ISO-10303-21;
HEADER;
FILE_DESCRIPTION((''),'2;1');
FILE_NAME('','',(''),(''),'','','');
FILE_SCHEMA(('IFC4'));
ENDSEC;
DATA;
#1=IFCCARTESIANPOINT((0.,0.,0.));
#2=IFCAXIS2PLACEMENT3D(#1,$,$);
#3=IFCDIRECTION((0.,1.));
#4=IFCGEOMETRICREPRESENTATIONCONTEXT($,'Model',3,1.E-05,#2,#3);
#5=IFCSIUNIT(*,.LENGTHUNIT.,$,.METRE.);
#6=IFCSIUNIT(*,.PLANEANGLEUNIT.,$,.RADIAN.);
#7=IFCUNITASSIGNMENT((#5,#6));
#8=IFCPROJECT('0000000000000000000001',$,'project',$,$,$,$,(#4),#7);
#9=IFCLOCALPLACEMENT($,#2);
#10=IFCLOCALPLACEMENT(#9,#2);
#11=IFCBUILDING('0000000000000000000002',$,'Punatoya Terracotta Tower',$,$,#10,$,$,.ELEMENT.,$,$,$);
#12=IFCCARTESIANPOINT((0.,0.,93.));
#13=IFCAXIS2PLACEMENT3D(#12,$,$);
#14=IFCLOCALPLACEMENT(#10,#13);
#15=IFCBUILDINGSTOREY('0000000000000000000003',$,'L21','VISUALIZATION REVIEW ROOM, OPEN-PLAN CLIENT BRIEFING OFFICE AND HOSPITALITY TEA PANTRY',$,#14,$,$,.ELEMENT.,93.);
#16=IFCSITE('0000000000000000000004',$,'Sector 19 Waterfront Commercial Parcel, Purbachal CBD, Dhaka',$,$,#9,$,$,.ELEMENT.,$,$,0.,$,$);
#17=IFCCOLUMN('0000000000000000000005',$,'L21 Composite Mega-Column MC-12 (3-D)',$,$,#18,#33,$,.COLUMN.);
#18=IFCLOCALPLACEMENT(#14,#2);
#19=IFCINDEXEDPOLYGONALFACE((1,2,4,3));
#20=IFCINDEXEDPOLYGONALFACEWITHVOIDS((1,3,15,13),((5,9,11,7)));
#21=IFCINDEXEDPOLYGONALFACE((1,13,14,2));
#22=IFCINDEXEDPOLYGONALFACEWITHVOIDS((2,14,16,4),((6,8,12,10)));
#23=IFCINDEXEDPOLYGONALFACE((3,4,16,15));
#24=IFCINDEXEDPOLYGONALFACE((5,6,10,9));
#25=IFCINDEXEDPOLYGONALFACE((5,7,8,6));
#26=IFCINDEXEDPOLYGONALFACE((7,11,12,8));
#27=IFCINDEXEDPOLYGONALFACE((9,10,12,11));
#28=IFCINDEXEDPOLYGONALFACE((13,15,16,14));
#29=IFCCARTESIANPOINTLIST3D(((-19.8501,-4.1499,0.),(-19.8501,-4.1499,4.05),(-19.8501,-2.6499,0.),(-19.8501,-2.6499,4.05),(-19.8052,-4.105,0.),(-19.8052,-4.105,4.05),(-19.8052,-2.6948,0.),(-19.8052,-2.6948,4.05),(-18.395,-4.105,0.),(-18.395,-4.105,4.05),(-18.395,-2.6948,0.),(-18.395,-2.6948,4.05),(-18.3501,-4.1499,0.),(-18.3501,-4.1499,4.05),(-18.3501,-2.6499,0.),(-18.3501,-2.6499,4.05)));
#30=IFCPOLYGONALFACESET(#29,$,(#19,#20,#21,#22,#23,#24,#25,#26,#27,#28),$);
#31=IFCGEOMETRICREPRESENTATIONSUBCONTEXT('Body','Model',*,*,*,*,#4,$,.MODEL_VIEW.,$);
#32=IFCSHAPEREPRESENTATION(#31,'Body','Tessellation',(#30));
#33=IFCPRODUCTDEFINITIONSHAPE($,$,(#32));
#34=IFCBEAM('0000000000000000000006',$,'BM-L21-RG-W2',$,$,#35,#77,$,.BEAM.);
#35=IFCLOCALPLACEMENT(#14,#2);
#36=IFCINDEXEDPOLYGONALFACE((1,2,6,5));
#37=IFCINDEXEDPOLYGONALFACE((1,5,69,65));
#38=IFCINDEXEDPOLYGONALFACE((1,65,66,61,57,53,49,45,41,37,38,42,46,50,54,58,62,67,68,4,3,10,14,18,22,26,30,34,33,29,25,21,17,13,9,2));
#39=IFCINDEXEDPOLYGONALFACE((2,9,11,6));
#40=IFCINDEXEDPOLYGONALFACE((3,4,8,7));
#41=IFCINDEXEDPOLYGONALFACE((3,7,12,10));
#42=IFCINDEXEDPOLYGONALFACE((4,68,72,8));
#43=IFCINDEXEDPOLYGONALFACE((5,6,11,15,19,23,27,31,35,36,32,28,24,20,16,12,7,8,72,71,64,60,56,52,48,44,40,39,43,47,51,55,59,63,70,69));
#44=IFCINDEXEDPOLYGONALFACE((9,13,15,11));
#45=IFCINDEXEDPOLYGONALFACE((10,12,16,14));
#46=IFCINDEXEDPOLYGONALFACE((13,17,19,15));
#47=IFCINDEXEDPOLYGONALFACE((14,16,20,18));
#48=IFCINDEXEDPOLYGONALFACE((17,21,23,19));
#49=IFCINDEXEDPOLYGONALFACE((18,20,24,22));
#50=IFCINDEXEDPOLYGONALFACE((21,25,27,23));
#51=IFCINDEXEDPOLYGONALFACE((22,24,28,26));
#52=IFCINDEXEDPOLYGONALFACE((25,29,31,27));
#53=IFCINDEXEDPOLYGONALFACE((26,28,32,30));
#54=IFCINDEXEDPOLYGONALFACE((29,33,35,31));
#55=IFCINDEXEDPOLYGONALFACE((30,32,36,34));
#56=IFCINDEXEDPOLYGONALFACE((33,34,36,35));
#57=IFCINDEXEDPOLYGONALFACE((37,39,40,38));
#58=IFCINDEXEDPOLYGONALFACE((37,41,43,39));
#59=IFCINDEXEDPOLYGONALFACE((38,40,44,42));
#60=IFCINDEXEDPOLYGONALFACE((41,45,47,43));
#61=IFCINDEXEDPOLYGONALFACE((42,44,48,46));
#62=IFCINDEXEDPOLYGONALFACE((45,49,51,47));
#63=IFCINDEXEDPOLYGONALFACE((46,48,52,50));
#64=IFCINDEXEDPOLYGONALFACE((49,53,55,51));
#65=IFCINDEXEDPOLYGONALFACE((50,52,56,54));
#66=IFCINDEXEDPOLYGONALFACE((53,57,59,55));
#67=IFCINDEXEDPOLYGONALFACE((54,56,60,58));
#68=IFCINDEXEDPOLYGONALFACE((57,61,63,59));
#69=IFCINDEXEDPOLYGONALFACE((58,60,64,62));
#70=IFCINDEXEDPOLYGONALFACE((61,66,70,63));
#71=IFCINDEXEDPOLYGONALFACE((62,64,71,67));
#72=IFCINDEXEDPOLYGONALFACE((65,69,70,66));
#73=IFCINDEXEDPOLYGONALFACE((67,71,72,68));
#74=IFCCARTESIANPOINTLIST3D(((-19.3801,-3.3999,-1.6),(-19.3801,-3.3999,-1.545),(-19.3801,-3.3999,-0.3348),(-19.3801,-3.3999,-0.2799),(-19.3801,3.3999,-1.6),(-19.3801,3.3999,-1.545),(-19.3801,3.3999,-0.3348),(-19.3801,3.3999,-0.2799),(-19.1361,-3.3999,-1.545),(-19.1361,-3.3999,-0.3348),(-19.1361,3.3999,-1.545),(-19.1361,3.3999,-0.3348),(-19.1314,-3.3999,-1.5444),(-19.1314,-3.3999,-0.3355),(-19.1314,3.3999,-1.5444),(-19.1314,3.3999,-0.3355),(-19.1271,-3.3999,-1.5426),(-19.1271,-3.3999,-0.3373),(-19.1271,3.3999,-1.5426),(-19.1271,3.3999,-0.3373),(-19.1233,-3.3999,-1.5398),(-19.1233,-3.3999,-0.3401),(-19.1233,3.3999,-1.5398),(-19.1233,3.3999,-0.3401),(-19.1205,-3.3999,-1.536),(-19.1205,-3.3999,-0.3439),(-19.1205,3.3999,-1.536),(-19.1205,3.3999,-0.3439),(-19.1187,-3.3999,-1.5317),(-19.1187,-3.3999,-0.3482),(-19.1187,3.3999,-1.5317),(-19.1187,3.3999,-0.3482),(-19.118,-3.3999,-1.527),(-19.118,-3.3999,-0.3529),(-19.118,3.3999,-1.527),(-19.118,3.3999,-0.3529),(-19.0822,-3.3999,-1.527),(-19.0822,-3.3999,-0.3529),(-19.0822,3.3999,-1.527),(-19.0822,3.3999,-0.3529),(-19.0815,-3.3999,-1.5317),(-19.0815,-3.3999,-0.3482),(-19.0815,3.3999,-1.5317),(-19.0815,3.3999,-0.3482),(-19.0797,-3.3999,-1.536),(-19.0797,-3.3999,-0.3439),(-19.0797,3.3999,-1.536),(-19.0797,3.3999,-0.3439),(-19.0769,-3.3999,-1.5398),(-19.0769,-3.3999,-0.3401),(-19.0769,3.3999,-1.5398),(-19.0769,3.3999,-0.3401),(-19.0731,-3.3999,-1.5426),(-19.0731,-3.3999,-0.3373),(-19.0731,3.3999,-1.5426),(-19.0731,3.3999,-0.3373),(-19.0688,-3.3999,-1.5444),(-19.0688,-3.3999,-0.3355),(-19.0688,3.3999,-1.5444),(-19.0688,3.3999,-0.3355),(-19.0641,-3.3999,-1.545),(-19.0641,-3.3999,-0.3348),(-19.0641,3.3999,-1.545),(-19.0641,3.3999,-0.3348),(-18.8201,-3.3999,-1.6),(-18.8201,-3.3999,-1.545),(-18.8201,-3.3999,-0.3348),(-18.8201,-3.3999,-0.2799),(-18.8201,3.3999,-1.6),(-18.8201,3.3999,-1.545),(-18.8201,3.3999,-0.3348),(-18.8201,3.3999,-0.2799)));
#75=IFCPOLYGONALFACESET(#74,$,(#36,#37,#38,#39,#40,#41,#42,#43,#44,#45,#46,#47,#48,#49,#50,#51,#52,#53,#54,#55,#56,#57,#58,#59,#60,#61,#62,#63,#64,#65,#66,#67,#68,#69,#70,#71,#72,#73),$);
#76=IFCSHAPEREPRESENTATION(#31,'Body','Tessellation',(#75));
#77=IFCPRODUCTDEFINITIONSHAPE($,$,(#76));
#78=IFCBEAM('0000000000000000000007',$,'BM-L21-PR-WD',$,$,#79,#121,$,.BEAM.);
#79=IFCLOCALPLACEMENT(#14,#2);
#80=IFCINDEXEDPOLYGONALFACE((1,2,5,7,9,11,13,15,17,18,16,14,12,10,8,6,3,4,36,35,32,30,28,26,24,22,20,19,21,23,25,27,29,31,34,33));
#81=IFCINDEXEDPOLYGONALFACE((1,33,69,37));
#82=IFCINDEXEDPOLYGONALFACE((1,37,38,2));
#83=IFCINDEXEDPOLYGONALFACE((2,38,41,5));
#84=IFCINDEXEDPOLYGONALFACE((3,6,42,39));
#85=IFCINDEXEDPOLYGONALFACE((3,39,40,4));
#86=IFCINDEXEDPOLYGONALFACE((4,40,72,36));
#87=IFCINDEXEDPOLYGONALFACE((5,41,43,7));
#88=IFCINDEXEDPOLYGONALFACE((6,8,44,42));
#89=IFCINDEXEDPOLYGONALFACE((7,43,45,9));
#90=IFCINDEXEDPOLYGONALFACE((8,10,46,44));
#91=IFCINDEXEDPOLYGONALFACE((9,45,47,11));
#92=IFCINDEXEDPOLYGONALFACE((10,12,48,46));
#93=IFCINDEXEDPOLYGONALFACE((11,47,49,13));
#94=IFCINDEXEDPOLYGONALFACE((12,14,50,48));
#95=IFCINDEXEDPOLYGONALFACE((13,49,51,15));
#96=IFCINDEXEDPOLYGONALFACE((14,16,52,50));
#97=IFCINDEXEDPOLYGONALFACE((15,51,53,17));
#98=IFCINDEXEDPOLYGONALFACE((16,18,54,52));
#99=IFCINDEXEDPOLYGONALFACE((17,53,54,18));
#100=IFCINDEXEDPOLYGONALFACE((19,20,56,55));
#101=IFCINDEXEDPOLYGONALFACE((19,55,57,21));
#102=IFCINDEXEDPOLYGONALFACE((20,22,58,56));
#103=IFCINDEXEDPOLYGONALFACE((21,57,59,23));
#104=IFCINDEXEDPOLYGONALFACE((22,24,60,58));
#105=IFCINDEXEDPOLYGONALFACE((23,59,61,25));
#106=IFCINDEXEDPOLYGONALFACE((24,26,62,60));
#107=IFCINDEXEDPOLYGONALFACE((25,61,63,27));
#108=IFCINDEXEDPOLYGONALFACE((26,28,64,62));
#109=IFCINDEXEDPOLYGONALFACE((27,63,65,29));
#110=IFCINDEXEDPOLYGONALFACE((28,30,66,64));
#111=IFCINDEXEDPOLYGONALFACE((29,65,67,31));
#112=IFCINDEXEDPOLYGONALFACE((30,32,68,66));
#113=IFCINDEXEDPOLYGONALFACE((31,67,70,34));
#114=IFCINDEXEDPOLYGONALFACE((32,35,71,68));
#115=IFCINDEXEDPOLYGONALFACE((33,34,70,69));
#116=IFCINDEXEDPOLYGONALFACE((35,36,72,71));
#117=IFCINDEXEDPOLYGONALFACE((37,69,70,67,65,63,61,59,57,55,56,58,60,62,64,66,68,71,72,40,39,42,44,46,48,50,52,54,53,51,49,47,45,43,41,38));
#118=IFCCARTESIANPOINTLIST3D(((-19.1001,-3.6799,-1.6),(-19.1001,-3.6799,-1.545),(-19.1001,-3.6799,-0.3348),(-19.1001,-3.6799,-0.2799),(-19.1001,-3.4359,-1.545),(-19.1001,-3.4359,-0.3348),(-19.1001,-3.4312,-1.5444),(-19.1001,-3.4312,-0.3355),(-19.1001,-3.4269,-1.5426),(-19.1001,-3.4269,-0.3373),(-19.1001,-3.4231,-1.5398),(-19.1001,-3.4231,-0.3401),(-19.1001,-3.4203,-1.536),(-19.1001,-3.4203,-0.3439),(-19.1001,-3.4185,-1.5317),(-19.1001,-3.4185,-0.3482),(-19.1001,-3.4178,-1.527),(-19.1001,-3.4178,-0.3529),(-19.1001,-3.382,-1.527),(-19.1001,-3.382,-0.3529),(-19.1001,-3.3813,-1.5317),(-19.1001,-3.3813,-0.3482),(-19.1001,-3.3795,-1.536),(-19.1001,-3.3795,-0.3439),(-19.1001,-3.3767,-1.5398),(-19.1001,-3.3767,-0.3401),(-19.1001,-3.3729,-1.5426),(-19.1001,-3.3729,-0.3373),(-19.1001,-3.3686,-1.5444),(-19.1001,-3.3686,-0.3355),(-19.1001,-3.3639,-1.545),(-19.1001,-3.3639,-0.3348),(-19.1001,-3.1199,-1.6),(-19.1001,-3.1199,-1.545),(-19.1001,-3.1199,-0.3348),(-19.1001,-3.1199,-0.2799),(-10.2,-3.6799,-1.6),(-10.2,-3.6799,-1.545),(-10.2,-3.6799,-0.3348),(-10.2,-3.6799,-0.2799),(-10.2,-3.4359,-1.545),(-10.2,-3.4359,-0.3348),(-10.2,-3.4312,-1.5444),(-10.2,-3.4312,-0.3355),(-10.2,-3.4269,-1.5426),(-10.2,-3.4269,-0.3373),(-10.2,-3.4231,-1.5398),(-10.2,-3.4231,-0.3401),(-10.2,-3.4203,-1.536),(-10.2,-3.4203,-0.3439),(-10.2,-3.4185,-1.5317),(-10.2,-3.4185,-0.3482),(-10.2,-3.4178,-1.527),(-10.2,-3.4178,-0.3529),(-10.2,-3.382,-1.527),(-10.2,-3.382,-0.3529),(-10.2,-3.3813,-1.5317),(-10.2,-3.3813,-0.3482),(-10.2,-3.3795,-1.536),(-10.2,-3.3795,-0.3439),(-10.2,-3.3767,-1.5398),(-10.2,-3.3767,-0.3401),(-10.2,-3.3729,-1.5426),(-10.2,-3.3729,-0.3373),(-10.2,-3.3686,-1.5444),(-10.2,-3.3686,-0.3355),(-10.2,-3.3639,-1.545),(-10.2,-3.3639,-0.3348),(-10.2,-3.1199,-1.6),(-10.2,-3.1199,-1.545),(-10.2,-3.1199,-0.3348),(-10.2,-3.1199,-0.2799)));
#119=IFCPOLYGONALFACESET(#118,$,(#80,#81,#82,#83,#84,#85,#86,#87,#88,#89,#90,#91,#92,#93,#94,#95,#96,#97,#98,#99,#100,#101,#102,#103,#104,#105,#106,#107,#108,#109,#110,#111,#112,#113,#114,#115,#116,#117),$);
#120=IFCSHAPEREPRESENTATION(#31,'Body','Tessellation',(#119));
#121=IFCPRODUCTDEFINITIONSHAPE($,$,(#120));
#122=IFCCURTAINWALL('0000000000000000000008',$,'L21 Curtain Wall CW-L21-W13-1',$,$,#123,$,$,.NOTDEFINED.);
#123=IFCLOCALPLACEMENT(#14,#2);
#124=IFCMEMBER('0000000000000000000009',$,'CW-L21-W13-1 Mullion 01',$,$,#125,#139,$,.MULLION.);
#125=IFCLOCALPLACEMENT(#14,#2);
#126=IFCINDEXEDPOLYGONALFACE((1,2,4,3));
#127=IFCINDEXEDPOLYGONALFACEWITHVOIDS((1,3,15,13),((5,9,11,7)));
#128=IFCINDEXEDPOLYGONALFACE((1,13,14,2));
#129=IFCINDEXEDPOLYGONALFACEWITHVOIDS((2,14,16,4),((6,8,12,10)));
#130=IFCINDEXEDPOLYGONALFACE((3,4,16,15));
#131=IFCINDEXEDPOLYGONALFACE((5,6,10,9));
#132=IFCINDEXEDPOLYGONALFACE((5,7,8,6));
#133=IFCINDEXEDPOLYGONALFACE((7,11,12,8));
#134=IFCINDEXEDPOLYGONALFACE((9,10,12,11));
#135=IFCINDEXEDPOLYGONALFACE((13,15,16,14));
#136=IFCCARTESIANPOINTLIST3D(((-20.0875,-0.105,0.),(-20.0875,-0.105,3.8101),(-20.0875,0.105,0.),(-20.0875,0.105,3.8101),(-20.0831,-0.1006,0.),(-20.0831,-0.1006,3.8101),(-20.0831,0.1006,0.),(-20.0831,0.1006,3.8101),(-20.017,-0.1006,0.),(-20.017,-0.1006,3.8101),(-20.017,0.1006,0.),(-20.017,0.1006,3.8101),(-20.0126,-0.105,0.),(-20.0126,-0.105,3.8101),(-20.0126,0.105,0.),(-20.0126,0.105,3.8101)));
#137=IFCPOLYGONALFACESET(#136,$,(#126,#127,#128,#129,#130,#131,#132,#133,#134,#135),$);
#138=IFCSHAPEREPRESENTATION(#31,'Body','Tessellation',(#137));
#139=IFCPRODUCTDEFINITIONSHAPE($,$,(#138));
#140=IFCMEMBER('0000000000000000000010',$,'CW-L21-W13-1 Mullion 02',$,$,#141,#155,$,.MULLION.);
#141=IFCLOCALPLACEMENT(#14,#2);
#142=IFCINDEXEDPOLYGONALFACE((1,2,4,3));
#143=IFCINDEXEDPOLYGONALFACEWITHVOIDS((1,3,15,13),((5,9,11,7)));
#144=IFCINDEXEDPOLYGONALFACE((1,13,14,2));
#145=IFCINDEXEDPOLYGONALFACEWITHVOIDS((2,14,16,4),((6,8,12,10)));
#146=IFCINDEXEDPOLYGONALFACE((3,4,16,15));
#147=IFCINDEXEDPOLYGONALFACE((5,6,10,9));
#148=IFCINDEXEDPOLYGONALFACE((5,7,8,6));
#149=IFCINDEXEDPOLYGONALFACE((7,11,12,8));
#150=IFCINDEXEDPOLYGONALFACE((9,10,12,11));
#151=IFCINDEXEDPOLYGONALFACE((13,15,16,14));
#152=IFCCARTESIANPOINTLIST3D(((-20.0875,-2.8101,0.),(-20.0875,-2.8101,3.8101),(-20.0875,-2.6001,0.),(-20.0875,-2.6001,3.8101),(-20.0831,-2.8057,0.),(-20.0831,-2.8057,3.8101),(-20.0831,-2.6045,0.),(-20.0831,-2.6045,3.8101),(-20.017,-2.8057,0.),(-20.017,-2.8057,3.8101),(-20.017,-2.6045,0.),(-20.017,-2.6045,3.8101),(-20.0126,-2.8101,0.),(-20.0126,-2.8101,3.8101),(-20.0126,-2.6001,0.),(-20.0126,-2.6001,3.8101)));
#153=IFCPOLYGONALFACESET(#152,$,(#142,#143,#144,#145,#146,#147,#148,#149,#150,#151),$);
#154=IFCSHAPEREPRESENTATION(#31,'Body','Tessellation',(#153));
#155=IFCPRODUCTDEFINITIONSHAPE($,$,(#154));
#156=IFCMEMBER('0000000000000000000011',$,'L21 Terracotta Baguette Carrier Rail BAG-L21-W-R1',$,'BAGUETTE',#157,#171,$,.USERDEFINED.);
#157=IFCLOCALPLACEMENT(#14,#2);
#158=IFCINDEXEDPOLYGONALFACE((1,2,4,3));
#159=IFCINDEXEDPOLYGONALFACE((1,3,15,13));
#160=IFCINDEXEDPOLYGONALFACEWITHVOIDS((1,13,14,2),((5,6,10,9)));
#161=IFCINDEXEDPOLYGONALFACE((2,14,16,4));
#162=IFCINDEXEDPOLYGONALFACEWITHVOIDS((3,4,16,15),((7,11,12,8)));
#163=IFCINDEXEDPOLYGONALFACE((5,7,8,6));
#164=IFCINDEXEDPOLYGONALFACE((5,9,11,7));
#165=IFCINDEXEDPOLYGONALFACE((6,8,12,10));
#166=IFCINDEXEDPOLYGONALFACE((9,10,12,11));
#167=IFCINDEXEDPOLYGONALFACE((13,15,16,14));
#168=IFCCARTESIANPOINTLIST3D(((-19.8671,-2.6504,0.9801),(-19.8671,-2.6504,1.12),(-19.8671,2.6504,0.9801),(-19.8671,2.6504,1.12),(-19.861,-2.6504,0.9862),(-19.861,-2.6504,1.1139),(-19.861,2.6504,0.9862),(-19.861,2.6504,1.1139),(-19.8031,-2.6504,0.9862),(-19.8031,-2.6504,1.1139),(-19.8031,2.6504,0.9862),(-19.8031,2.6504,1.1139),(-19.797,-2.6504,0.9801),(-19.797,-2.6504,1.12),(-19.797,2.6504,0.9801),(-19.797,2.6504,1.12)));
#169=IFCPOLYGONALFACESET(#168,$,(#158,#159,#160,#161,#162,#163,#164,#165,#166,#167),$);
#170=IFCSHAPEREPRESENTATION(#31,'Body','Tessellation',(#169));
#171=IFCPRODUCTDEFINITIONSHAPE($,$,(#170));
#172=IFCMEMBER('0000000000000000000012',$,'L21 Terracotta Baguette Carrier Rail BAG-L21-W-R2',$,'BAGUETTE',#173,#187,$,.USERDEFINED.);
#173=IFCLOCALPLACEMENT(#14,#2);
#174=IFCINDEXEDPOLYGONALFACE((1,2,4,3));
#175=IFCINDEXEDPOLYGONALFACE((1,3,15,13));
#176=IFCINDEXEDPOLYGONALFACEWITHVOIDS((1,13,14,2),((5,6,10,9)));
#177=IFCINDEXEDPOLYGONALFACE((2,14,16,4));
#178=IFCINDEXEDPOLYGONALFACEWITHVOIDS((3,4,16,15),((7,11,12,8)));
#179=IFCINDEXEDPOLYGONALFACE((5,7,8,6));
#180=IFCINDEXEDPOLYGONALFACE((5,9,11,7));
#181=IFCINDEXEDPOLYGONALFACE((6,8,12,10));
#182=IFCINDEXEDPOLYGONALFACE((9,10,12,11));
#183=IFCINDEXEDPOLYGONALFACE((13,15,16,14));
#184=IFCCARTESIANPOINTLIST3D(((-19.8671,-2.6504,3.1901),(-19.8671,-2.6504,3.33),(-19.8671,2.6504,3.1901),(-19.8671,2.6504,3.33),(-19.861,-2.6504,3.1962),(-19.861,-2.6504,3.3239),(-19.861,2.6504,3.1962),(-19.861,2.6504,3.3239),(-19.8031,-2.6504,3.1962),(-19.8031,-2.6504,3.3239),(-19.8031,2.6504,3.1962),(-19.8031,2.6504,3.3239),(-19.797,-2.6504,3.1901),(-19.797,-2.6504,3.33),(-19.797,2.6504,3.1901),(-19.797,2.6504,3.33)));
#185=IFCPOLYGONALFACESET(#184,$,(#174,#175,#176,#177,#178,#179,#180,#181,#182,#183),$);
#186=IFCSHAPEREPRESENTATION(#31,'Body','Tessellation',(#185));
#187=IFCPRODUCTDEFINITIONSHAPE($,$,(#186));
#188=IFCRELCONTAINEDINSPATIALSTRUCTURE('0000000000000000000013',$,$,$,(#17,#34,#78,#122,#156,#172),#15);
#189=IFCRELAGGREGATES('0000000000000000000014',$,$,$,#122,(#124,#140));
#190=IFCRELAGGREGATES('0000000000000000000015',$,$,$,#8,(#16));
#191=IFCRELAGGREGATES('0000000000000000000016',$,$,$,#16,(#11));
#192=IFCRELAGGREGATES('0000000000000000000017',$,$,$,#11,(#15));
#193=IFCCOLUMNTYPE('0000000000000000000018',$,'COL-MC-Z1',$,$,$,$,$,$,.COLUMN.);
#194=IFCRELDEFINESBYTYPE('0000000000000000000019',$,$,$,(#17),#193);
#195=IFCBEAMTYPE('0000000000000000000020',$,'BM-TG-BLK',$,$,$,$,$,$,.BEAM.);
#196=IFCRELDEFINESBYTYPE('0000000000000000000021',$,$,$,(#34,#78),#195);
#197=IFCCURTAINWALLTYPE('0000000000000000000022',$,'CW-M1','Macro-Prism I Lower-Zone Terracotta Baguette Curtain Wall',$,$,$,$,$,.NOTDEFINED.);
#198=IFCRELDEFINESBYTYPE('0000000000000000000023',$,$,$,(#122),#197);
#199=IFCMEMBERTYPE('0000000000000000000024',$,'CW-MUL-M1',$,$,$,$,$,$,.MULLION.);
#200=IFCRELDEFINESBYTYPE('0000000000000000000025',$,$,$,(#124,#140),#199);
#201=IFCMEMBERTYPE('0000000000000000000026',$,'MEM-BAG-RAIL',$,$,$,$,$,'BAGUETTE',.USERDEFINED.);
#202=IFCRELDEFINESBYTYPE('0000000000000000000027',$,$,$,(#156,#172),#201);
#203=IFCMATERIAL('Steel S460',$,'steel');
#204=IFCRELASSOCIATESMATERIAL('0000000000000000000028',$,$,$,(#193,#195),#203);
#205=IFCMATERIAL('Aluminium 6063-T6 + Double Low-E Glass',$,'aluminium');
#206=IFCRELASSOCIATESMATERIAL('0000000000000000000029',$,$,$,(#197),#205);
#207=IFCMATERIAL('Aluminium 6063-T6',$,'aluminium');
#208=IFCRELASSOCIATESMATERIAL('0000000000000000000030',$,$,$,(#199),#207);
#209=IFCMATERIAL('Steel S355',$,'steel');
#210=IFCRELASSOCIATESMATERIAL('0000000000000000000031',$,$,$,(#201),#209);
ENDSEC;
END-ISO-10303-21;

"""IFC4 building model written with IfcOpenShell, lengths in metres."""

from ifc_helpers import new_model, si_unit, direction, frame, origin, origin_2d, place, context, subcontext, project, spatial, hollow_rectangle, i_section, extrude, material, material_profile, profile_set, type_object, element, aggregate, save


model = new_model("IFC4")

# Units and contexts
model_context = context("Model", 3, precision=1e-05, world=origin(), true_north=direction((0.0, 1.0)))
body_context = subcontext(model_context, "Body", "Model", "MODEL_VIEW")
ifc_project = project(units=[si_unit("LENGTHUNIT", "METRE"), si_unit("PLANEANGLEUNIT", "RADIAN")], contexts=[model_context])

# Site, building, storey
site_placement = place(None, origin())
site = spatial("IfcSite", under=ifc_project, at=site_placement, Name="Sector 19 Waterfront Commercial Parcel, Purbachal CBD, Dhaka", CompositionType="ELEMENT", RefElevation=0.0)
building_placement = place(site_placement, origin())
building = spatial("IfcBuilding", under=site, at=building_placement, Name="Punatoya Terracotta Tower", CompositionType="ELEMENT")
storey_placement = place(building_placement, frame((0.0, 0.0, 93.0)))
storey = spatial("IfcBuildingStorey", under=building, at=storey_placement, Name="L21", Description="VISUALIZATION REVIEW ROOM, OPEN-PLAN CLIENT BRIEFING OFFICE AND HOSPITALITY TEA PANTRY", CompositionType="ELEMENT", Elevation=93.0)

# Column
ifc_material_1 = material(Name="Steel S460", Category="steel")
ifc_material_profile_1 = material_profile(ifc_material_1, hollow_rectangle(XDim=1.5, YDim=1.5, WallThickness=0.0449, at=origin_2d()))
ifc_profile_set_1 = profile_set([ifc_material_profile_1], Name="Steel S460")
column_type = type_object("IfcColumnType", Name="COL-MC-Z1", PredefinedType="COLUMN", material=ifc_profile_set_1)
column_placement = place(storey_placement, frame((-19.1001, -3.3999, 0.0), z_axis=(0.0, 0.0, 1.0), x_axis=(1.0, 0.0, 0.0)))
element("IfcColumn", 1, at=column_placement, inside=storey, type_object=column_type, Name="L21 Composite Mega-Column MC-12 (3-D)", PredefinedType="COLUMN", context=body_context, shape_type="SweptSolid", body=[
    extrude(hollow_rectangle(XDim=1.5, YDim=1.5, WallThickness=0.0449, at=origin_2d()), origin(), (0.0, 0.0, 1.0), 4.05),
])

# Beams
ifc_material_profile_2 = material_profile(ifc_material_1, i_section(OverallWidth=0.5601, OverallDepth=1.3201, WebThickness=0.0359, FlangeThickness=0.0549, FilletRadius=0.0181, at=origin_2d()))
ifc_profile_set_2 = profile_set([ifc_material_profile_2], Name="Steel S460")
beam_type = type_object("IfcBeamType", Name="BM-TG-BLK", PredefinedType="BEAM", material=ifc_profile_set_2)
beam_1_placement = place(storey_placement, frame((-19.1001, -3.3999, -0.9399), z_axis=(0.0, 1.0, 0.0), x_axis=(-1.0, 0.0, 0.0)))
element("IfcBeam", 2, at=beam_1_placement, inside=storey, type_object=beam_type, Name="BM-L21-RG-W2", PredefinedType="BEAM", context=body_context, shape_type="SweptSolid", body=[
    extrude(i_section(OverallWidth=0.5601, OverallDepth=1.3201, WebThickness=0.0359, FlangeThickness=0.0549, FilletRadius=0.0181, at=origin_2d()), origin(), (0.0, 0.0, 1.0), 6.7998),
])
beam_2_placement = place(storey_placement, frame((-19.1001, -3.3999, -0.9399), z_axis=(1.0, 0.0, 0.0), x_axis=(0.0, 1.0, 0.0)))
element("IfcBeam", 3, at=beam_2_placement, inside=storey, type_object=beam_type, Name="BM-L21-PR-WD", PredefinedType="BEAM", context=body_context, shape_type="SweptSolid", body=[
    extrude(i_section(OverallWidth=0.5601, OverallDepth=1.3201, WebThickness=0.0359, FlangeThickness=0.0549, FilletRadius=0.0181, at=origin_2d()), origin(), (0.0, 0.0, 1.0), 8.9001),
])

# Curtain wall, members
ifc_material_2 = material(Name="Aluminium 6063-T6 + Double Low-E Glass", Category="aluminium")
curtain_wall_type = type_object("IfcCurtainWallType", Name="CW-M1", Description="Macro-Prism I Lower-Zone Terracotta Baguette Curtain Wall", PredefinedType="NOTDEFINED", material=ifc_material_2)
curtain_wall_placement = place(storey_placement, origin())
curtain_wall = element("IfcCurtainWall", 4, at=curtain_wall_placement, inside=storey, type_object=curtain_wall_type, Name="L21 Curtain Wall CW-L21-W13-1", PredefinedType="NOTDEFINED")
ifc_material_3 = material(Name="Aluminium 6063-T6", Category="aluminium")
ifc_material_profile_3 = material_profile(ifc_material_3, hollow_rectangle(XDim=0.075, YDim=0.21, WallThickness=0.0044, at=origin_2d()))
ifc_profile_set_3 = profile_set([ifc_material_profile_3], Name="Aluminium 6063-T6")
member_type_1 = type_object("IfcMemberType", Name="CW-MUL-M1", PredefinedType="MULLION", material=ifc_profile_set_3)
member_1_placement = place(storey_placement, frame((-20.05, 0.0, 0.0), z_axis=(0.0, 0.0, 1.0), x_axis=(1.0, 0.0, 0.0)))
member_1 = element("IfcMember", 5, at=member_1_placement, type_object=member_type_1, Name="CW-L21-W13-1 Mullion 01", PredefinedType="MULLION", context=body_context, shape_type="SweptSolid", body=[
    extrude(hollow_rectangle(XDim=0.075, YDim=0.21, WallThickness=0.0044, at=origin_2d()), origin(), (0.0, 0.0, 1.0), 3.8101),
])
member_2_placement = place(storey_placement, frame((-20.05, -2.7051, 0.0), z_axis=(0.0, 0.0, 1.0), x_axis=(1.0, 0.0, 0.0)))
member_2 = element("IfcMember", 6, at=member_2_placement, type_object=member_type_1, Name="CW-L21-W13-1 Mullion 02", PredefinedType="MULLION", context=body_context, shape_type="SweptSolid", body=[
    extrude(hollow_rectangle(XDim=0.075, YDim=0.21, WallThickness=0.0044, at=origin_2d()), origin(), (0.0, 0.0, 1.0), 3.8101),
])

# Members
ifc_material_4 = material(Name="Steel S355", Category="steel")
ifc_material_profile_4 = material_profile(ifc_material_4, hollow_rectangle(XDim=0.0701, YDim=0.1399, WallThickness=0.0061, at=origin_2d()))
ifc_profile_set_4 = profile_set([ifc_material_profile_4], Name="Steel S355")
member_type_2 = type_object("IfcMemberType", Name="MEM-BAG-RAIL", ElementType="BAGUETTE", PredefinedType="USERDEFINED", material=ifc_profile_set_4)
for number, where, z_axis, x_axis, name in (
    (7, (-19.832, -2.6504, 1.05), (0.0, 1.0, 0.0), (-1.0, 0.0, 0.0), "L21 Terracotta Baguette Carrier Rail BAG-L21-W-R1"),
    (8, (-19.832, -2.6504, 3.26), (0.0, 1.0, 0.0), (-1.0, 0.0, 0.0), "L21 Terracotta Baguette Carrier Rail BAG-L21-W-R2"),
):
    element("IfcMember", number, at=place(storey_placement, frame(where, z_axis=z_axis, x_axis=x_axis)), inside=storey, type_object=member_type_2, Name=name, ObjectType="BAGUETTE", PredefinedType="USERDEFINED", context=body_context, shape_type="SweptSolid", body=[
        extrude(hollow_rectangle(XDim=0.0701, YDim=0.1399, WallThickness=0.0061, at=origin_2d()), origin(), (0.0, 0.0, 1.0), 5.3008),
    ])

aggregate(curtain_wall, [member_1, member_2])

save(model, "model.ifc")
